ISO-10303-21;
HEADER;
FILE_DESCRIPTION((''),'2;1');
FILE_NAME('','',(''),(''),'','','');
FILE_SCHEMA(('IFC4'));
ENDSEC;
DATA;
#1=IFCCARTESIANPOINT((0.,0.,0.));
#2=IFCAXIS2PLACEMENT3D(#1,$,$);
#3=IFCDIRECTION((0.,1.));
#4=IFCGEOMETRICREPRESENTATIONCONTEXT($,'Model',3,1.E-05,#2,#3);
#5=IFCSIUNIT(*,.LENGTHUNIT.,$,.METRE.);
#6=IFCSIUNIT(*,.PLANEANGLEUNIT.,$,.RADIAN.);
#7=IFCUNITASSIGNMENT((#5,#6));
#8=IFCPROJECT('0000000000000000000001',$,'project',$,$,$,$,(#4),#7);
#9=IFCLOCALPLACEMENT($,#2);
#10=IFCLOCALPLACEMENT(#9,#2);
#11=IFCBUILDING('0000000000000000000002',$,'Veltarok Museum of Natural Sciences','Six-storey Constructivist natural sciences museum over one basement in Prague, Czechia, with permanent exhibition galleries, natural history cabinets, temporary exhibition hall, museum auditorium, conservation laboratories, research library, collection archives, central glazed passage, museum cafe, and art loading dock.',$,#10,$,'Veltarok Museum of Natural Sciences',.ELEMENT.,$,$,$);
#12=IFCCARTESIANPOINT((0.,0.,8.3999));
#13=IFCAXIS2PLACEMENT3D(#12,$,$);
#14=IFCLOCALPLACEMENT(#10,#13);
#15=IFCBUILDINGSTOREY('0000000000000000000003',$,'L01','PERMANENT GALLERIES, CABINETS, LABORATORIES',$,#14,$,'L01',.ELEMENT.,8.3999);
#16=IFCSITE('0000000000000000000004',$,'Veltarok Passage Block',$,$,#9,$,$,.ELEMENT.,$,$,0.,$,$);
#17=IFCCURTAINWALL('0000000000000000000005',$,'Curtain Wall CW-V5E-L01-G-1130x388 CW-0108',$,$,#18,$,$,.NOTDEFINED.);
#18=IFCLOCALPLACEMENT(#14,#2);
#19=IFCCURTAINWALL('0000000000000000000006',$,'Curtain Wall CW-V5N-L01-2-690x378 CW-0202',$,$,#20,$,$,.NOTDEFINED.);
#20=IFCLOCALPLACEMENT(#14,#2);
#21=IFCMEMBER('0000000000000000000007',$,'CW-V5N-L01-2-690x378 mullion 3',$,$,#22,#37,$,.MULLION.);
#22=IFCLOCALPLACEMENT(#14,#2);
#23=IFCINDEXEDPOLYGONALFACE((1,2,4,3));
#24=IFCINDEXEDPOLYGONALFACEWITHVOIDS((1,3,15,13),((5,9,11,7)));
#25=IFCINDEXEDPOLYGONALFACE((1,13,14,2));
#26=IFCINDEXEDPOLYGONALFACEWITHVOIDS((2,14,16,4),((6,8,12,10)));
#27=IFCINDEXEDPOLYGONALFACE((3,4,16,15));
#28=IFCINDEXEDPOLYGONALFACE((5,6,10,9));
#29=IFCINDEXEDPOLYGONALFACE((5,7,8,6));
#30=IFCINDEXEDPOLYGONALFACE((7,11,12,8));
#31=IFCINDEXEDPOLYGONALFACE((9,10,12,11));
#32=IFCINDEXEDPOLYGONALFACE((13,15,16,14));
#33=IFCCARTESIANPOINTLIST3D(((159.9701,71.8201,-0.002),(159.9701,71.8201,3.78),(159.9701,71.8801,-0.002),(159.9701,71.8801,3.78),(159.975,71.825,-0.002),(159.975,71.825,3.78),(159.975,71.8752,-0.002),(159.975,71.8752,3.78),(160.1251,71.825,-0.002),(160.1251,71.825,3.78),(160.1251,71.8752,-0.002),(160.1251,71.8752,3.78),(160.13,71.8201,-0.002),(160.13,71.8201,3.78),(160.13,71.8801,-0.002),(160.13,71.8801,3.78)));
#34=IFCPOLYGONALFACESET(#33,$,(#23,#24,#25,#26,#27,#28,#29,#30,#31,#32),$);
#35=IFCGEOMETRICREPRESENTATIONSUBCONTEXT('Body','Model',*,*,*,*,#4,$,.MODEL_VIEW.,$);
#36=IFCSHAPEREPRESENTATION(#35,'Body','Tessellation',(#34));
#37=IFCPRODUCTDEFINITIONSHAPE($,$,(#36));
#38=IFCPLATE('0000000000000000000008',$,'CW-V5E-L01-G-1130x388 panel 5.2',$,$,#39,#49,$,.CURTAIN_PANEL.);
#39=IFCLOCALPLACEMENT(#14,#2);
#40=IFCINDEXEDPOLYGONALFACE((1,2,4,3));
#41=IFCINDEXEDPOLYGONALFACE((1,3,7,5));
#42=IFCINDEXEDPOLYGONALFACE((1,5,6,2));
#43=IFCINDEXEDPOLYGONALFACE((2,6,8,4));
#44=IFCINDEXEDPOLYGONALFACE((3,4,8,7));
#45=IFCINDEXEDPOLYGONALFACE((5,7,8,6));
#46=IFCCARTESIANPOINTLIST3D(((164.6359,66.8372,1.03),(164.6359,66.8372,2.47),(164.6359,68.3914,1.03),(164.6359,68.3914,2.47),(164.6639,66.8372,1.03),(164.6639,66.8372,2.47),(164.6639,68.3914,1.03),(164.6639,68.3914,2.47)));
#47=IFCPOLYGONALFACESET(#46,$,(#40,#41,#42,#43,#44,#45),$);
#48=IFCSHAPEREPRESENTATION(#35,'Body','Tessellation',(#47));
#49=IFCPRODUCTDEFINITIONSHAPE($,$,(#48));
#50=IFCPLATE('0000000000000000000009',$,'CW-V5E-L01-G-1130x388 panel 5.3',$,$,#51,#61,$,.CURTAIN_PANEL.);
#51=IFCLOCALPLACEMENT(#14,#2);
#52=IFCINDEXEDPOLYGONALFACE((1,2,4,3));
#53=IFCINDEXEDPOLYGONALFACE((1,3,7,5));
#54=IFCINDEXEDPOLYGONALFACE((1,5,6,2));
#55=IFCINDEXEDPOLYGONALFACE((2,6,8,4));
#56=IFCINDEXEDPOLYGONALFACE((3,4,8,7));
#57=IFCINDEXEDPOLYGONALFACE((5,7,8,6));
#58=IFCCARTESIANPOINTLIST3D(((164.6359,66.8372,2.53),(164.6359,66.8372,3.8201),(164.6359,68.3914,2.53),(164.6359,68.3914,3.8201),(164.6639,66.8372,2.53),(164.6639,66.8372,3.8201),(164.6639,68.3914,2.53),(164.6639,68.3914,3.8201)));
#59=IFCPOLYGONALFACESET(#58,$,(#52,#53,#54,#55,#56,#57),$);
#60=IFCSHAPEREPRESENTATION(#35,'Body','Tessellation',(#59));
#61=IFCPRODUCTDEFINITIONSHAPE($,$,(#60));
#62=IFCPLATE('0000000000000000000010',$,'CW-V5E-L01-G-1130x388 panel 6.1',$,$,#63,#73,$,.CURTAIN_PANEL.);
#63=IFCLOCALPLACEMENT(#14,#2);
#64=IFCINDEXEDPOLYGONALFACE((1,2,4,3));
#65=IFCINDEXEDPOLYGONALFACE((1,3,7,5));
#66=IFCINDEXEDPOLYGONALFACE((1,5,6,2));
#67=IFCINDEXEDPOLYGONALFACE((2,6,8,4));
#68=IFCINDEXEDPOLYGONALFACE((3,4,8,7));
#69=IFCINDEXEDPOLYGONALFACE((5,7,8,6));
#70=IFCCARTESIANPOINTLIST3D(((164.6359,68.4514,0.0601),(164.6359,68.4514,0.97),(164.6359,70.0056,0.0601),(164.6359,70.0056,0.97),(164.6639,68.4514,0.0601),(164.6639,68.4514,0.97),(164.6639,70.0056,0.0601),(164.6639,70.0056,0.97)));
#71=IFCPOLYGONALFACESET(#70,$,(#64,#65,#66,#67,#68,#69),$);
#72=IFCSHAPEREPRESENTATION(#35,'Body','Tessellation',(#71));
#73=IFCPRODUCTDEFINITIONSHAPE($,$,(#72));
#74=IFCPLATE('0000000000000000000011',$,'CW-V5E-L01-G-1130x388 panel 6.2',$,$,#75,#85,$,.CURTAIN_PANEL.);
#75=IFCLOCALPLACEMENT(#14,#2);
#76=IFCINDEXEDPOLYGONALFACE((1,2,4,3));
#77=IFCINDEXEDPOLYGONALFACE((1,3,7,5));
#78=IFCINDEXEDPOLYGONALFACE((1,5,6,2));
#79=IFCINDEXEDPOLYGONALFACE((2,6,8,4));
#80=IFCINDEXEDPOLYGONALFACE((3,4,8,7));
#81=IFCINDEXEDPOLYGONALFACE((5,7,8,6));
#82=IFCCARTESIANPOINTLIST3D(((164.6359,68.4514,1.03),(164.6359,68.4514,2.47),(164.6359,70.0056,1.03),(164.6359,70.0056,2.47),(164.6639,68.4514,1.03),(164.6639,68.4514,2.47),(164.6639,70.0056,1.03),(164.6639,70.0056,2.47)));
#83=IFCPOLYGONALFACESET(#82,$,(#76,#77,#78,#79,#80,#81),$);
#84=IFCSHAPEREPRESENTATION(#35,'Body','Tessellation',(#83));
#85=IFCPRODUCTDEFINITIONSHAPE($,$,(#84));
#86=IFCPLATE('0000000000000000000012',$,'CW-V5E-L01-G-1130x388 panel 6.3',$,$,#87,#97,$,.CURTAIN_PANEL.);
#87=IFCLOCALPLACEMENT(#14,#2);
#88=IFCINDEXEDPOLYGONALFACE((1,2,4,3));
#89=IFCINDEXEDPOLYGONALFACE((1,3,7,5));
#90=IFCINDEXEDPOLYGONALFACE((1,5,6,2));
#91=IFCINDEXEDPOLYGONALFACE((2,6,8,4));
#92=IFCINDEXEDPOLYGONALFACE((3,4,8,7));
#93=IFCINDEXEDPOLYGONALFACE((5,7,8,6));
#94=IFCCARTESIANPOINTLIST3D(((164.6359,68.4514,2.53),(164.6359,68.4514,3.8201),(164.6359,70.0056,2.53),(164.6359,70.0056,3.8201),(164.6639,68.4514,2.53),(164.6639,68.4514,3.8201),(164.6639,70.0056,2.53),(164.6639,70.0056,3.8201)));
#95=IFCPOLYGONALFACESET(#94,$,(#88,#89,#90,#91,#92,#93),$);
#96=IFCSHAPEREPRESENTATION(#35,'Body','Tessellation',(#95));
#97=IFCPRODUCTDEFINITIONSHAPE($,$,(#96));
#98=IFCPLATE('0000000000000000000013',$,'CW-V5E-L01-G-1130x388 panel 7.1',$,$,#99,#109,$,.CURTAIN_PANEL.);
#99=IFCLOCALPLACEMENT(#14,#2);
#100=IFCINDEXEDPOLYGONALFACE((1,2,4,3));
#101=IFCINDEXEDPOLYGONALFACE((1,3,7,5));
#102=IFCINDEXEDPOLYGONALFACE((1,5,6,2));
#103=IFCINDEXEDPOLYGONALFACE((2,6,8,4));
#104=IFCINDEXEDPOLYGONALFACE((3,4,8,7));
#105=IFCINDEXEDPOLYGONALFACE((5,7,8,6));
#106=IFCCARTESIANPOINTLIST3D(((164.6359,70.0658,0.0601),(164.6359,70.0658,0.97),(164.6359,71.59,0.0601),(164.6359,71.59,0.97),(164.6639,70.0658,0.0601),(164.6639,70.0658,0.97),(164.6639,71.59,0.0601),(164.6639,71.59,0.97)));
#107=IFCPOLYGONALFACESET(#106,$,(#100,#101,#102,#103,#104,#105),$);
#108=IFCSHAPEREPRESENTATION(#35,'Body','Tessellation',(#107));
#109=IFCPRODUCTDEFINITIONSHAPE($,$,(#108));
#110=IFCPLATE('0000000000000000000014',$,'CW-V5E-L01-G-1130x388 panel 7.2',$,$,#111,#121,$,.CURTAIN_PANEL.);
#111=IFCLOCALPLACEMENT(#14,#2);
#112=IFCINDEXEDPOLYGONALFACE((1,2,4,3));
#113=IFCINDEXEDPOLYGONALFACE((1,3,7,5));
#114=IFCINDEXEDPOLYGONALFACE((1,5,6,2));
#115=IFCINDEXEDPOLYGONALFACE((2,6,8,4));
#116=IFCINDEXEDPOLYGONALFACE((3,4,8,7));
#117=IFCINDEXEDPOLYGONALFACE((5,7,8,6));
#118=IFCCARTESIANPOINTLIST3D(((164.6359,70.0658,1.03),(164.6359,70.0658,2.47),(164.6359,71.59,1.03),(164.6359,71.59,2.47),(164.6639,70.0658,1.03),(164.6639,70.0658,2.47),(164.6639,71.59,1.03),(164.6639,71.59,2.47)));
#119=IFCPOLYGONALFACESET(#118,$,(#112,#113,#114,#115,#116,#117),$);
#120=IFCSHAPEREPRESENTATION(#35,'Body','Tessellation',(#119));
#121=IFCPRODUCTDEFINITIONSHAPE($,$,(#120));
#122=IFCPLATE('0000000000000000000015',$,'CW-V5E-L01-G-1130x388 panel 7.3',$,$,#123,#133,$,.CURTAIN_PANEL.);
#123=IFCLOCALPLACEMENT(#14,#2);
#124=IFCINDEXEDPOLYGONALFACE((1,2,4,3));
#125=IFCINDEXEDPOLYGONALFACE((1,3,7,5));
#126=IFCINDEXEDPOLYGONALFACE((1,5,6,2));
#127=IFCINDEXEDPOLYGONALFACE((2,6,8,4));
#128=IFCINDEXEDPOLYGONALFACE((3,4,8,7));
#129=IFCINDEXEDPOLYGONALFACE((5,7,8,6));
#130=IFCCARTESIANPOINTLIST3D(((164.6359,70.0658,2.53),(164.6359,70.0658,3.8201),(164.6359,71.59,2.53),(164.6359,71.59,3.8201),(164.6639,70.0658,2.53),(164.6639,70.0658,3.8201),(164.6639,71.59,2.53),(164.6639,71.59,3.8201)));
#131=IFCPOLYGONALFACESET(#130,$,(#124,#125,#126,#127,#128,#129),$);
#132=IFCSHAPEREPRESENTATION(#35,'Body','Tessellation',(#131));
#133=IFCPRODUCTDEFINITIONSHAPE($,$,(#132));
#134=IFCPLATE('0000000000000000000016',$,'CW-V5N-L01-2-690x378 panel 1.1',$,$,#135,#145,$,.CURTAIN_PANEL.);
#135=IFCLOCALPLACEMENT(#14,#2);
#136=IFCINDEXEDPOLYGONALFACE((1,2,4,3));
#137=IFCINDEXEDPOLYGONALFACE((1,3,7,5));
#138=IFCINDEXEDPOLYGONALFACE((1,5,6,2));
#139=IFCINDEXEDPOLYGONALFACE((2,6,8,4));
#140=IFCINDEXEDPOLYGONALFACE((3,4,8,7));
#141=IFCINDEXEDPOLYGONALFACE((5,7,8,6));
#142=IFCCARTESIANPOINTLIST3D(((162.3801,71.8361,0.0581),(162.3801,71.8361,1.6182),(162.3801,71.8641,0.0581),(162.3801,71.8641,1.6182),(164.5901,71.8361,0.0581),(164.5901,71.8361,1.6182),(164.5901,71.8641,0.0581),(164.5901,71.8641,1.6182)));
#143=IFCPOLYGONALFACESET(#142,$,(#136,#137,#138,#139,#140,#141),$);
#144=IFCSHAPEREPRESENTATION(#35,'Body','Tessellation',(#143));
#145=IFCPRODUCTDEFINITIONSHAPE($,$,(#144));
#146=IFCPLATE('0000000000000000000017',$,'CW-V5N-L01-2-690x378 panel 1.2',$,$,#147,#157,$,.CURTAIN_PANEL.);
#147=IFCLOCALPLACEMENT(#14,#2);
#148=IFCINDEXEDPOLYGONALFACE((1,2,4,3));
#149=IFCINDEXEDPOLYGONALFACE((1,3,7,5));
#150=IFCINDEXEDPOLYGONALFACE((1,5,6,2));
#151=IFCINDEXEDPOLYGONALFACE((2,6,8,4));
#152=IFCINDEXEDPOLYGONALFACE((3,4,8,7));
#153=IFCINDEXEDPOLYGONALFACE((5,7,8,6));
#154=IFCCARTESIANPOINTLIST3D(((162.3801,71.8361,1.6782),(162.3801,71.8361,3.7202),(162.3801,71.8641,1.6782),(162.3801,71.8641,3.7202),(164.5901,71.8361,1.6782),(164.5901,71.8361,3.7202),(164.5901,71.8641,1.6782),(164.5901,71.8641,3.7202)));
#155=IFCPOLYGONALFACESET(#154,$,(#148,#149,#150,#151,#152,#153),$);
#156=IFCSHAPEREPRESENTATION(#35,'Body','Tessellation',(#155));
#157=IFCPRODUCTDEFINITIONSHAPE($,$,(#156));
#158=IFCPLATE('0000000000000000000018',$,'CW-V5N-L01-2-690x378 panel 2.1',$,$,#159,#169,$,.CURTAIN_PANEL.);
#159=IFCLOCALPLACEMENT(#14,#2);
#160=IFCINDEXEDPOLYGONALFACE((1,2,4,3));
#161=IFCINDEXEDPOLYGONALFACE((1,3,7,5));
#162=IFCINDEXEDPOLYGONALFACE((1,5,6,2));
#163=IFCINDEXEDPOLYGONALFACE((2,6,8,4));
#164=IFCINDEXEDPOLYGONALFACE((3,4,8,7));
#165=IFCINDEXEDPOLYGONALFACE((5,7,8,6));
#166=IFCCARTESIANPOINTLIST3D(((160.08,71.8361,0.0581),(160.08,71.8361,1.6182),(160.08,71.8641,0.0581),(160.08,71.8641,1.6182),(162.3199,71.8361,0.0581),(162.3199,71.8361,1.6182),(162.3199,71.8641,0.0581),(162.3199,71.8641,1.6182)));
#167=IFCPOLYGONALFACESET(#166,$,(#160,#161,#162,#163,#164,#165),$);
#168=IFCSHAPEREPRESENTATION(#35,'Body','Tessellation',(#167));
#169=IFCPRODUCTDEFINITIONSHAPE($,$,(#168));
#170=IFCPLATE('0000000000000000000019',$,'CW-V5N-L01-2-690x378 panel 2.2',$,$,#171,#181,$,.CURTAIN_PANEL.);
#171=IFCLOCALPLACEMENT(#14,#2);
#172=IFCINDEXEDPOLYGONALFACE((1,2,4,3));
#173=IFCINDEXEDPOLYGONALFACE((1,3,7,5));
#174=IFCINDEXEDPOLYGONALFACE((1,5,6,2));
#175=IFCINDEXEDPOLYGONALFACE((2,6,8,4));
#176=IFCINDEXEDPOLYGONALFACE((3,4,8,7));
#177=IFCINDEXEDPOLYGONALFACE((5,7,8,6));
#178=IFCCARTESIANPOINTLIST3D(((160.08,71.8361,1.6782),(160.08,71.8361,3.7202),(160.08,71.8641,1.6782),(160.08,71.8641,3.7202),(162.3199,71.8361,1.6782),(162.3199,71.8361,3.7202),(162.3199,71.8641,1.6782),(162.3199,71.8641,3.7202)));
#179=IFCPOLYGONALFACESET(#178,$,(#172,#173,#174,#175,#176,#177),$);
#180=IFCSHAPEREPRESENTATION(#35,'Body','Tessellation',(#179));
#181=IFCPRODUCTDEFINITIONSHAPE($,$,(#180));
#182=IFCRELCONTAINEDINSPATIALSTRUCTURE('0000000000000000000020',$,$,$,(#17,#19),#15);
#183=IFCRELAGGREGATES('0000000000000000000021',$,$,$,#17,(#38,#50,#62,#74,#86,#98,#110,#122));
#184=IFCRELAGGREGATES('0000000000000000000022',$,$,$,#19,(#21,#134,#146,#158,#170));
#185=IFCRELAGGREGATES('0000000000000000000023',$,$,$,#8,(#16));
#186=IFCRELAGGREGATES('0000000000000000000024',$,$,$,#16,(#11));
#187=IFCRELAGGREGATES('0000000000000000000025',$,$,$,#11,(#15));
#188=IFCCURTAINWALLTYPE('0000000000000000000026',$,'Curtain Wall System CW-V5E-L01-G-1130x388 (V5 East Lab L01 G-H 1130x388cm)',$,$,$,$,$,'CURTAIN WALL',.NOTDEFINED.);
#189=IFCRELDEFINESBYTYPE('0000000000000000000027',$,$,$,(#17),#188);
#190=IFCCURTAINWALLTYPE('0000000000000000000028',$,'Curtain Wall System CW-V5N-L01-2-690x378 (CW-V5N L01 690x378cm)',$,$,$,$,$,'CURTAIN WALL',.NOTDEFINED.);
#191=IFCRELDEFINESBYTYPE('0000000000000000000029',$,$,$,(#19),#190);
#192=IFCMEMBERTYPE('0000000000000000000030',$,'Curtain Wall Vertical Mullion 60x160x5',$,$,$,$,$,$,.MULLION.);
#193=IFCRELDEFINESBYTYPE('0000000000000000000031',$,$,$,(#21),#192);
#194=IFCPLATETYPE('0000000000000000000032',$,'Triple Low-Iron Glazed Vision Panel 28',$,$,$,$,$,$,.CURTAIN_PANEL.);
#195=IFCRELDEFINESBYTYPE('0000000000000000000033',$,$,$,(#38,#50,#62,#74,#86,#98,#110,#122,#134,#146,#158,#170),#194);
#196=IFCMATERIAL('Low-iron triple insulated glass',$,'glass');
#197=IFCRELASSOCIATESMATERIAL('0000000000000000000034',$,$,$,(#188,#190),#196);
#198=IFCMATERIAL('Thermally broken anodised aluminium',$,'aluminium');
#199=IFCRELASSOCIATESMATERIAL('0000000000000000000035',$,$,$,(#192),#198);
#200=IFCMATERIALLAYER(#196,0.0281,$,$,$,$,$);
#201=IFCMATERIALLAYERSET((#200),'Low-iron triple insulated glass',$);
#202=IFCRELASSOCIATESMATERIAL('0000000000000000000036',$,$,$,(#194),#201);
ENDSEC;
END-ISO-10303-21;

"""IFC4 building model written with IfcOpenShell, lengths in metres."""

from ifc_helpers import new_model, si_unit, direction, frame, origin, origin_2d, place, context, subcontext, project, spatial, rectangle, hollow_rectangle, extrude, material, layer, layer_set, material_profile, profile_set, type_object, element, aggregate, save


model = new_model("IFC4")

# Units and contexts
model_context = context("Model", 3, precision=1e-05, world=origin(), true_north=direction((0.0, 1.0)))
body_context = subcontext(model_context, "Body", "Model", "MODEL_VIEW")
ifc_project = project(units=[si_unit("LENGTHUNIT", "METRE"), si_unit("PLANEANGLEUNIT", "RADIAN")], contexts=[model_context])

# Site, building, storey
site_placement = place(None, origin())
site = spatial("IfcSite", under=ifc_project, at=site_placement, Name="Veltarok Passage Block", CompositionType="ELEMENT", RefElevation=0.0)
building_placement = place(site_placement, origin())
building = spatial("IfcBuilding", under=site, at=building_placement, Name="Veltarok Museum of Natural Sciences", Description="Six-storey Constructivist natural sciences museum over one basement in Prague, Czechia, with permanent exhibition galleries, natural history cabinets, temporary exhibition hall, museum auditorium, conservation laboratories, research library, collection archives, central glazed passage, museum cafe, and art loading dock.", LongName="Veltarok Museum of Natural Sciences", CompositionType="ELEMENT")
storey_placement = place(building_placement, frame((0.0, 0.0, 8.3999)))
storey = spatial("IfcBuildingStorey", under=building, at=storey_placement, Name="L01", Description="PERMANENT GALLERIES, CABINETS, LABORATORIES", LongName="L01", CompositionType="ELEMENT", Elevation=8.3999)

# Curtain walls
ifc_material_1 = material(Name="Low-iron triple insulated glass", Category="glass")
curtain_wall_type_1 = type_object("IfcCurtainWallType", Name="Curtain Wall System CW-V5E-L01-G-1130x388 (V5 East Lab L01 G-H 1130x388cm)", ElementType="CURTAIN WALL", PredefinedType="NOTDEFINED", material=ifc_material_1)
curtain_wall_1_placement = place(storey_placement, origin())
curtain_wall_1 = element("IfcCurtainWall", 1, at=curtain_wall_1_placement, inside=storey, type_object=curtain_wall_type_1, Name="Curtain Wall CW-V5E-L01-G-1130x388 CW-0108", PredefinedType="NOTDEFINED")
ifc_material_2 = material(Name="Thermally broken anodised aluminium", Category="aluminium")
curtain_wall_type_2 = type_object("IfcCurtainWallType", Name="Curtain Wall System CW-V5N-L01-2-690x378 (CW-V5N L01 690x378cm)", ElementType="CURTAIN WALL", PredefinedType="NOTDEFINED", material=ifc_material_1)
curtain_wall_2_placement = place(storey_placement, origin())
curtain_wall_2 = element("IfcCurtainWall", 2, at=curtain_wall_2_placement, inside=storey, type_object=curtain_wall_type_2, Name="Curtain Wall CW-V5N-L01-2-690x378 CW-0202", PredefinedType="NOTDEFINED")

# Member
ifc_material_profile_1 = material_profile(ifc_material_2, hollow_rectangle(XDim=0.0601, YDim=0.1599, WallThickness=0.0049, at=origin_2d()), Name="CW MULLION 60x160x5")
ifc_profile_set_1 = profile_set([ifc_material_profile_1], Name="Thermally broken anodised aluminium")
member_type_1 = type_object("IfcMemberType", Name="Curtain Wall Vertical Mullion 60x160x5", PredefinedType="MULLION", material=ifc_profile_set_1)
member_1_placement = place(storey_placement, frame((160.05, 71.8501, -0.002), z_axis=(0.0, 0.0, 1.0), x_axis=(0.0, -1.0, 0.0)))
member_1 = element("IfcMember", 3, at=member_1_placement, type_object=member_type_1, Name="CW-V5N-L01-2-690x378 mullion 3", PredefinedType="MULLION", context=body_context, shape_type="SweptSolid", body=[
    extrude(hollow_rectangle(XDim=0.0601, YDim=0.1599, WallThickness=0.0049, at=origin_2d()), origin(), (0.0, 0.0, 1.0), 3.782),
])

# Plates
ifc_layer = layer(ifc_material_1, 0.0281)
ifc_layer_set = layer_set([ifc_layer], Name="Low-iron triple insulated glass")
plate_type = type_object("IfcPlateType", Name="Triple Low-Iron Glazed Vision Panel 28", PredefinedType="CURTAIN_PANEL", material=ifc_layer_set)
plate_1_placement = place(storey_placement, frame((164.6499, 67.6143, 1.03), z_axis=(0.0, 0.0, 1.0), x_axis=(0.0, 1.0, 0.0)))
plate_1 = element("IfcPlate", 4, at=plate_1_placement, type_object=plate_type, Name="CW-V5E-L01-G-1130x388 panel 5.2", PredefinedType="CURTAIN_PANEL", context=body_context, shape_type="SweptSolid", body=[
    extrude(rectangle(XDim=1.5542, YDim=0.0281, at=origin_2d()), origin(), (0.0, 0.0, 1.0), 1.4399),
])
plate_2_placement = place(storey_placement, frame((164.6499, 67.6143, 2.53), z_axis=(0.0, 0.0, 1.0), x_axis=(0.0, 1.0, 0.0)))
plate_2 = element("IfcPlate", 5, at=plate_2_placement, type_object=plate_type, Name="CW-V5E-L01-G-1130x388 panel 5.3", PredefinedType="CURTAIN_PANEL", context=body_context, shape_type="SweptSolid", body=[
    extrude(rectangle(XDim=1.5542, YDim=0.0281, at=origin_2d()), origin(), (0.0, 0.0, 1.0), 1.29),
])
plate_3_placement = place(storey_placement, frame((164.6499, 69.2285, 0.0601), z_axis=(0.0, 0.0, 1.0), x_axis=(0.0, 1.0, 0.0)))
plate_3 = element("IfcPlate", 6, at=plate_3_placement, type_object=plate_type, Name="CW-V5E-L01-G-1130x388 panel 6.1", PredefinedType="CURTAIN_PANEL", context=body_context, shape_type="SweptSolid", body=[
    extrude(rectangle(XDim=1.5542, YDim=0.0281, at=origin_2d()), origin(), (0.0, 0.0, 1.0), 0.9099),
])
plate_4_placement = place(storey_placement, frame((164.6499, 69.2285, 1.03), z_axis=(0.0, 0.0, 1.0), x_axis=(0.0, 1.0, 0.0)))
plate_4 = element("IfcPlate", 7, at=plate_4_placement, type_object=plate_type, Name="CW-V5E-L01-G-1130x388 panel 6.2", PredefinedType="CURTAIN_PANEL", context=body_context, shape_type="SweptSolid", body=[
    extrude(rectangle(XDim=1.5542, YDim=0.0281, at=origin_2d()), origin(), (0.0, 0.0, 1.0), 1.4399),
])
plate_5_placement = place(storey_placement, frame((164.6499, 69.2285, 2.53), z_axis=(0.0, 0.0, 1.0), x_axis=(0.0, 1.0, 0.0)))
plate_5 = element("IfcPlate", 8, at=plate_5_placement, type_object=plate_type, Name="CW-V5E-L01-G-1130x388 panel 6.3", PredefinedType="CURTAIN_PANEL", context=body_context, shape_type="SweptSolid", body=[
    extrude(rectangle(XDim=1.5542, YDim=0.0281, at=origin_2d()), origin(), (0.0, 0.0, 1.0), 1.29),
])
plate_6_placement = place(storey_placement, frame((164.6499, 70.8279, 0.0601), z_axis=(0.0, 0.0, 1.0), x_axis=(0.0, 1.0, 0.0)))
plate_6 = element("IfcPlate", 9, at=plate_6_placement, type_object=plate_type, Name="CW-V5E-L01-G-1130x388 panel 7.1", PredefinedType="CURTAIN_PANEL", context=body_context, shape_type="SweptSolid", body=[
    extrude(rectangle(XDim=1.5242, YDim=0.0281, at=origin_2d()), origin(), (0.0, 0.0, 1.0), 0.9099),
])
plate_7_placement = place(storey_placement, frame((164.6499, 70.8279, 1.03), z_axis=(0.0, 0.0, 1.0), x_axis=(0.0, 1.0, 0.0)))
plate_7 = element("IfcPlate", 10, at=plate_7_placement, type_object=plate_type, Name="CW-V5E-L01-G-1130x388 panel 7.2", PredefinedType="CURTAIN_PANEL", context=body_context, shape_type="SweptSolid", body=[
    extrude(rectangle(XDim=1.5242, YDim=0.0281, at=origin_2d()), origin(), (0.0, 0.0, 1.0), 1.4399),
])
plate_8_placement = place(storey_placement, frame((164.6499, 70.8279, 2.53), z_axis=(0.0, 0.0, 1.0), x_axis=(0.0, 1.0, 0.0)))
plate_8 = element("IfcPlate", 11, at=plate_8_placement, type_object=plate_type, Name="CW-V5E-L01-G-1130x388 panel 7.3", PredefinedType="CURTAIN_PANEL", context=body_context, shape_type="SweptSolid", body=[
    extrude(rectangle(XDim=1.5242, YDim=0.0281, at=origin_2d()), origin(), (0.0, 0.0, 1.0), 1.29),
])
aggregate(curtain_wall_1, [plate_1, plate_2, plate_3, plate_4, plate_5, plate_6, plate_7, plate_8])
plate_9_placement = place(storey_placement, frame((163.4851, 71.8501, 0.0581), z_axis=(0.0, 0.0, 1.0), x_axis=(-1.0, 0.0, 0.0)))
plate_9 = element("IfcPlate", 12, at=plate_9_placement, type_object=plate_type, Name="CW-V5N-L01-2-690x378 panel 1.1", PredefinedType="CURTAIN_PANEL", context=body_context, shape_type="SweptSolid", body=[
    extrude(rectangle(XDim=2.21, YDim=0.0281, at=origin_2d()), origin(), (0.0, 0.0, 1.0), 1.5601),
])
plate_10_placement = place(storey_placement, frame((163.4851, 71.8501, 1.6782), z_axis=(0.0, 0.0, 1.0), x_axis=(-1.0, 0.0, 0.0)))
plate_10 = element("IfcPlate", 13, at=plate_10_placement, type_object=plate_type, Name="CW-V5N-L01-2-690x378 panel 1.2", PredefinedType="CURTAIN_PANEL", context=body_context, shape_type="SweptSolid", body=[
    extrude(rectangle(XDim=2.21, YDim=0.0281, at=origin_2d()), origin(), (0.0, 0.0, 1.0), 2.042),
])
plate_11_placement = place(storey_placement, frame((161.2, 71.8501, 0.0581), z_axis=(0.0, 0.0, 1.0), x_axis=(-1.0, 0.0, 0.0)))
plate_11 = element("IfcPlate", 14, at=plate_11_placement, type_object=plate_type, Name="CW-V5N-L01-2-690x378 panel 2.1", PredefinedType="CURTAIN_PANEL", context=body_context, shape_type="SweptSolid", body=[
    extrude(rectangle(XDim=2.24, YDim=0.0281, at=origin_2d()), origin(), (0.0, 0.0, 1.0), 1.5601),
])
plate_12_placement = place(storey_placement, frame((161.2, 71.8501, 1.6782), z_axis=(0.0, 0.0, 1.0), x_axis=(-1.0, 0.0, 0.0)))
plate_12 = element("IfcPlate", 15, at=plate_12_placement, type_object=plate_type, Name="CW-V5N-L01-2-690x378 panel 2.2", PredefinedType="CURTAIN_PANEL", context=body_context, shape_type="SweptSolid", body=[
    extrude(rectangle(XDim=2.24, YDim=0.0281, at=origin_2d()), origin(), (0.0, 0.0, 1.0), 2.042),
])
aggregate(curtain_wall_2, [member_1, plate_9, plate_10, plate_11, plate_12])

save(model, "model.ifc")
